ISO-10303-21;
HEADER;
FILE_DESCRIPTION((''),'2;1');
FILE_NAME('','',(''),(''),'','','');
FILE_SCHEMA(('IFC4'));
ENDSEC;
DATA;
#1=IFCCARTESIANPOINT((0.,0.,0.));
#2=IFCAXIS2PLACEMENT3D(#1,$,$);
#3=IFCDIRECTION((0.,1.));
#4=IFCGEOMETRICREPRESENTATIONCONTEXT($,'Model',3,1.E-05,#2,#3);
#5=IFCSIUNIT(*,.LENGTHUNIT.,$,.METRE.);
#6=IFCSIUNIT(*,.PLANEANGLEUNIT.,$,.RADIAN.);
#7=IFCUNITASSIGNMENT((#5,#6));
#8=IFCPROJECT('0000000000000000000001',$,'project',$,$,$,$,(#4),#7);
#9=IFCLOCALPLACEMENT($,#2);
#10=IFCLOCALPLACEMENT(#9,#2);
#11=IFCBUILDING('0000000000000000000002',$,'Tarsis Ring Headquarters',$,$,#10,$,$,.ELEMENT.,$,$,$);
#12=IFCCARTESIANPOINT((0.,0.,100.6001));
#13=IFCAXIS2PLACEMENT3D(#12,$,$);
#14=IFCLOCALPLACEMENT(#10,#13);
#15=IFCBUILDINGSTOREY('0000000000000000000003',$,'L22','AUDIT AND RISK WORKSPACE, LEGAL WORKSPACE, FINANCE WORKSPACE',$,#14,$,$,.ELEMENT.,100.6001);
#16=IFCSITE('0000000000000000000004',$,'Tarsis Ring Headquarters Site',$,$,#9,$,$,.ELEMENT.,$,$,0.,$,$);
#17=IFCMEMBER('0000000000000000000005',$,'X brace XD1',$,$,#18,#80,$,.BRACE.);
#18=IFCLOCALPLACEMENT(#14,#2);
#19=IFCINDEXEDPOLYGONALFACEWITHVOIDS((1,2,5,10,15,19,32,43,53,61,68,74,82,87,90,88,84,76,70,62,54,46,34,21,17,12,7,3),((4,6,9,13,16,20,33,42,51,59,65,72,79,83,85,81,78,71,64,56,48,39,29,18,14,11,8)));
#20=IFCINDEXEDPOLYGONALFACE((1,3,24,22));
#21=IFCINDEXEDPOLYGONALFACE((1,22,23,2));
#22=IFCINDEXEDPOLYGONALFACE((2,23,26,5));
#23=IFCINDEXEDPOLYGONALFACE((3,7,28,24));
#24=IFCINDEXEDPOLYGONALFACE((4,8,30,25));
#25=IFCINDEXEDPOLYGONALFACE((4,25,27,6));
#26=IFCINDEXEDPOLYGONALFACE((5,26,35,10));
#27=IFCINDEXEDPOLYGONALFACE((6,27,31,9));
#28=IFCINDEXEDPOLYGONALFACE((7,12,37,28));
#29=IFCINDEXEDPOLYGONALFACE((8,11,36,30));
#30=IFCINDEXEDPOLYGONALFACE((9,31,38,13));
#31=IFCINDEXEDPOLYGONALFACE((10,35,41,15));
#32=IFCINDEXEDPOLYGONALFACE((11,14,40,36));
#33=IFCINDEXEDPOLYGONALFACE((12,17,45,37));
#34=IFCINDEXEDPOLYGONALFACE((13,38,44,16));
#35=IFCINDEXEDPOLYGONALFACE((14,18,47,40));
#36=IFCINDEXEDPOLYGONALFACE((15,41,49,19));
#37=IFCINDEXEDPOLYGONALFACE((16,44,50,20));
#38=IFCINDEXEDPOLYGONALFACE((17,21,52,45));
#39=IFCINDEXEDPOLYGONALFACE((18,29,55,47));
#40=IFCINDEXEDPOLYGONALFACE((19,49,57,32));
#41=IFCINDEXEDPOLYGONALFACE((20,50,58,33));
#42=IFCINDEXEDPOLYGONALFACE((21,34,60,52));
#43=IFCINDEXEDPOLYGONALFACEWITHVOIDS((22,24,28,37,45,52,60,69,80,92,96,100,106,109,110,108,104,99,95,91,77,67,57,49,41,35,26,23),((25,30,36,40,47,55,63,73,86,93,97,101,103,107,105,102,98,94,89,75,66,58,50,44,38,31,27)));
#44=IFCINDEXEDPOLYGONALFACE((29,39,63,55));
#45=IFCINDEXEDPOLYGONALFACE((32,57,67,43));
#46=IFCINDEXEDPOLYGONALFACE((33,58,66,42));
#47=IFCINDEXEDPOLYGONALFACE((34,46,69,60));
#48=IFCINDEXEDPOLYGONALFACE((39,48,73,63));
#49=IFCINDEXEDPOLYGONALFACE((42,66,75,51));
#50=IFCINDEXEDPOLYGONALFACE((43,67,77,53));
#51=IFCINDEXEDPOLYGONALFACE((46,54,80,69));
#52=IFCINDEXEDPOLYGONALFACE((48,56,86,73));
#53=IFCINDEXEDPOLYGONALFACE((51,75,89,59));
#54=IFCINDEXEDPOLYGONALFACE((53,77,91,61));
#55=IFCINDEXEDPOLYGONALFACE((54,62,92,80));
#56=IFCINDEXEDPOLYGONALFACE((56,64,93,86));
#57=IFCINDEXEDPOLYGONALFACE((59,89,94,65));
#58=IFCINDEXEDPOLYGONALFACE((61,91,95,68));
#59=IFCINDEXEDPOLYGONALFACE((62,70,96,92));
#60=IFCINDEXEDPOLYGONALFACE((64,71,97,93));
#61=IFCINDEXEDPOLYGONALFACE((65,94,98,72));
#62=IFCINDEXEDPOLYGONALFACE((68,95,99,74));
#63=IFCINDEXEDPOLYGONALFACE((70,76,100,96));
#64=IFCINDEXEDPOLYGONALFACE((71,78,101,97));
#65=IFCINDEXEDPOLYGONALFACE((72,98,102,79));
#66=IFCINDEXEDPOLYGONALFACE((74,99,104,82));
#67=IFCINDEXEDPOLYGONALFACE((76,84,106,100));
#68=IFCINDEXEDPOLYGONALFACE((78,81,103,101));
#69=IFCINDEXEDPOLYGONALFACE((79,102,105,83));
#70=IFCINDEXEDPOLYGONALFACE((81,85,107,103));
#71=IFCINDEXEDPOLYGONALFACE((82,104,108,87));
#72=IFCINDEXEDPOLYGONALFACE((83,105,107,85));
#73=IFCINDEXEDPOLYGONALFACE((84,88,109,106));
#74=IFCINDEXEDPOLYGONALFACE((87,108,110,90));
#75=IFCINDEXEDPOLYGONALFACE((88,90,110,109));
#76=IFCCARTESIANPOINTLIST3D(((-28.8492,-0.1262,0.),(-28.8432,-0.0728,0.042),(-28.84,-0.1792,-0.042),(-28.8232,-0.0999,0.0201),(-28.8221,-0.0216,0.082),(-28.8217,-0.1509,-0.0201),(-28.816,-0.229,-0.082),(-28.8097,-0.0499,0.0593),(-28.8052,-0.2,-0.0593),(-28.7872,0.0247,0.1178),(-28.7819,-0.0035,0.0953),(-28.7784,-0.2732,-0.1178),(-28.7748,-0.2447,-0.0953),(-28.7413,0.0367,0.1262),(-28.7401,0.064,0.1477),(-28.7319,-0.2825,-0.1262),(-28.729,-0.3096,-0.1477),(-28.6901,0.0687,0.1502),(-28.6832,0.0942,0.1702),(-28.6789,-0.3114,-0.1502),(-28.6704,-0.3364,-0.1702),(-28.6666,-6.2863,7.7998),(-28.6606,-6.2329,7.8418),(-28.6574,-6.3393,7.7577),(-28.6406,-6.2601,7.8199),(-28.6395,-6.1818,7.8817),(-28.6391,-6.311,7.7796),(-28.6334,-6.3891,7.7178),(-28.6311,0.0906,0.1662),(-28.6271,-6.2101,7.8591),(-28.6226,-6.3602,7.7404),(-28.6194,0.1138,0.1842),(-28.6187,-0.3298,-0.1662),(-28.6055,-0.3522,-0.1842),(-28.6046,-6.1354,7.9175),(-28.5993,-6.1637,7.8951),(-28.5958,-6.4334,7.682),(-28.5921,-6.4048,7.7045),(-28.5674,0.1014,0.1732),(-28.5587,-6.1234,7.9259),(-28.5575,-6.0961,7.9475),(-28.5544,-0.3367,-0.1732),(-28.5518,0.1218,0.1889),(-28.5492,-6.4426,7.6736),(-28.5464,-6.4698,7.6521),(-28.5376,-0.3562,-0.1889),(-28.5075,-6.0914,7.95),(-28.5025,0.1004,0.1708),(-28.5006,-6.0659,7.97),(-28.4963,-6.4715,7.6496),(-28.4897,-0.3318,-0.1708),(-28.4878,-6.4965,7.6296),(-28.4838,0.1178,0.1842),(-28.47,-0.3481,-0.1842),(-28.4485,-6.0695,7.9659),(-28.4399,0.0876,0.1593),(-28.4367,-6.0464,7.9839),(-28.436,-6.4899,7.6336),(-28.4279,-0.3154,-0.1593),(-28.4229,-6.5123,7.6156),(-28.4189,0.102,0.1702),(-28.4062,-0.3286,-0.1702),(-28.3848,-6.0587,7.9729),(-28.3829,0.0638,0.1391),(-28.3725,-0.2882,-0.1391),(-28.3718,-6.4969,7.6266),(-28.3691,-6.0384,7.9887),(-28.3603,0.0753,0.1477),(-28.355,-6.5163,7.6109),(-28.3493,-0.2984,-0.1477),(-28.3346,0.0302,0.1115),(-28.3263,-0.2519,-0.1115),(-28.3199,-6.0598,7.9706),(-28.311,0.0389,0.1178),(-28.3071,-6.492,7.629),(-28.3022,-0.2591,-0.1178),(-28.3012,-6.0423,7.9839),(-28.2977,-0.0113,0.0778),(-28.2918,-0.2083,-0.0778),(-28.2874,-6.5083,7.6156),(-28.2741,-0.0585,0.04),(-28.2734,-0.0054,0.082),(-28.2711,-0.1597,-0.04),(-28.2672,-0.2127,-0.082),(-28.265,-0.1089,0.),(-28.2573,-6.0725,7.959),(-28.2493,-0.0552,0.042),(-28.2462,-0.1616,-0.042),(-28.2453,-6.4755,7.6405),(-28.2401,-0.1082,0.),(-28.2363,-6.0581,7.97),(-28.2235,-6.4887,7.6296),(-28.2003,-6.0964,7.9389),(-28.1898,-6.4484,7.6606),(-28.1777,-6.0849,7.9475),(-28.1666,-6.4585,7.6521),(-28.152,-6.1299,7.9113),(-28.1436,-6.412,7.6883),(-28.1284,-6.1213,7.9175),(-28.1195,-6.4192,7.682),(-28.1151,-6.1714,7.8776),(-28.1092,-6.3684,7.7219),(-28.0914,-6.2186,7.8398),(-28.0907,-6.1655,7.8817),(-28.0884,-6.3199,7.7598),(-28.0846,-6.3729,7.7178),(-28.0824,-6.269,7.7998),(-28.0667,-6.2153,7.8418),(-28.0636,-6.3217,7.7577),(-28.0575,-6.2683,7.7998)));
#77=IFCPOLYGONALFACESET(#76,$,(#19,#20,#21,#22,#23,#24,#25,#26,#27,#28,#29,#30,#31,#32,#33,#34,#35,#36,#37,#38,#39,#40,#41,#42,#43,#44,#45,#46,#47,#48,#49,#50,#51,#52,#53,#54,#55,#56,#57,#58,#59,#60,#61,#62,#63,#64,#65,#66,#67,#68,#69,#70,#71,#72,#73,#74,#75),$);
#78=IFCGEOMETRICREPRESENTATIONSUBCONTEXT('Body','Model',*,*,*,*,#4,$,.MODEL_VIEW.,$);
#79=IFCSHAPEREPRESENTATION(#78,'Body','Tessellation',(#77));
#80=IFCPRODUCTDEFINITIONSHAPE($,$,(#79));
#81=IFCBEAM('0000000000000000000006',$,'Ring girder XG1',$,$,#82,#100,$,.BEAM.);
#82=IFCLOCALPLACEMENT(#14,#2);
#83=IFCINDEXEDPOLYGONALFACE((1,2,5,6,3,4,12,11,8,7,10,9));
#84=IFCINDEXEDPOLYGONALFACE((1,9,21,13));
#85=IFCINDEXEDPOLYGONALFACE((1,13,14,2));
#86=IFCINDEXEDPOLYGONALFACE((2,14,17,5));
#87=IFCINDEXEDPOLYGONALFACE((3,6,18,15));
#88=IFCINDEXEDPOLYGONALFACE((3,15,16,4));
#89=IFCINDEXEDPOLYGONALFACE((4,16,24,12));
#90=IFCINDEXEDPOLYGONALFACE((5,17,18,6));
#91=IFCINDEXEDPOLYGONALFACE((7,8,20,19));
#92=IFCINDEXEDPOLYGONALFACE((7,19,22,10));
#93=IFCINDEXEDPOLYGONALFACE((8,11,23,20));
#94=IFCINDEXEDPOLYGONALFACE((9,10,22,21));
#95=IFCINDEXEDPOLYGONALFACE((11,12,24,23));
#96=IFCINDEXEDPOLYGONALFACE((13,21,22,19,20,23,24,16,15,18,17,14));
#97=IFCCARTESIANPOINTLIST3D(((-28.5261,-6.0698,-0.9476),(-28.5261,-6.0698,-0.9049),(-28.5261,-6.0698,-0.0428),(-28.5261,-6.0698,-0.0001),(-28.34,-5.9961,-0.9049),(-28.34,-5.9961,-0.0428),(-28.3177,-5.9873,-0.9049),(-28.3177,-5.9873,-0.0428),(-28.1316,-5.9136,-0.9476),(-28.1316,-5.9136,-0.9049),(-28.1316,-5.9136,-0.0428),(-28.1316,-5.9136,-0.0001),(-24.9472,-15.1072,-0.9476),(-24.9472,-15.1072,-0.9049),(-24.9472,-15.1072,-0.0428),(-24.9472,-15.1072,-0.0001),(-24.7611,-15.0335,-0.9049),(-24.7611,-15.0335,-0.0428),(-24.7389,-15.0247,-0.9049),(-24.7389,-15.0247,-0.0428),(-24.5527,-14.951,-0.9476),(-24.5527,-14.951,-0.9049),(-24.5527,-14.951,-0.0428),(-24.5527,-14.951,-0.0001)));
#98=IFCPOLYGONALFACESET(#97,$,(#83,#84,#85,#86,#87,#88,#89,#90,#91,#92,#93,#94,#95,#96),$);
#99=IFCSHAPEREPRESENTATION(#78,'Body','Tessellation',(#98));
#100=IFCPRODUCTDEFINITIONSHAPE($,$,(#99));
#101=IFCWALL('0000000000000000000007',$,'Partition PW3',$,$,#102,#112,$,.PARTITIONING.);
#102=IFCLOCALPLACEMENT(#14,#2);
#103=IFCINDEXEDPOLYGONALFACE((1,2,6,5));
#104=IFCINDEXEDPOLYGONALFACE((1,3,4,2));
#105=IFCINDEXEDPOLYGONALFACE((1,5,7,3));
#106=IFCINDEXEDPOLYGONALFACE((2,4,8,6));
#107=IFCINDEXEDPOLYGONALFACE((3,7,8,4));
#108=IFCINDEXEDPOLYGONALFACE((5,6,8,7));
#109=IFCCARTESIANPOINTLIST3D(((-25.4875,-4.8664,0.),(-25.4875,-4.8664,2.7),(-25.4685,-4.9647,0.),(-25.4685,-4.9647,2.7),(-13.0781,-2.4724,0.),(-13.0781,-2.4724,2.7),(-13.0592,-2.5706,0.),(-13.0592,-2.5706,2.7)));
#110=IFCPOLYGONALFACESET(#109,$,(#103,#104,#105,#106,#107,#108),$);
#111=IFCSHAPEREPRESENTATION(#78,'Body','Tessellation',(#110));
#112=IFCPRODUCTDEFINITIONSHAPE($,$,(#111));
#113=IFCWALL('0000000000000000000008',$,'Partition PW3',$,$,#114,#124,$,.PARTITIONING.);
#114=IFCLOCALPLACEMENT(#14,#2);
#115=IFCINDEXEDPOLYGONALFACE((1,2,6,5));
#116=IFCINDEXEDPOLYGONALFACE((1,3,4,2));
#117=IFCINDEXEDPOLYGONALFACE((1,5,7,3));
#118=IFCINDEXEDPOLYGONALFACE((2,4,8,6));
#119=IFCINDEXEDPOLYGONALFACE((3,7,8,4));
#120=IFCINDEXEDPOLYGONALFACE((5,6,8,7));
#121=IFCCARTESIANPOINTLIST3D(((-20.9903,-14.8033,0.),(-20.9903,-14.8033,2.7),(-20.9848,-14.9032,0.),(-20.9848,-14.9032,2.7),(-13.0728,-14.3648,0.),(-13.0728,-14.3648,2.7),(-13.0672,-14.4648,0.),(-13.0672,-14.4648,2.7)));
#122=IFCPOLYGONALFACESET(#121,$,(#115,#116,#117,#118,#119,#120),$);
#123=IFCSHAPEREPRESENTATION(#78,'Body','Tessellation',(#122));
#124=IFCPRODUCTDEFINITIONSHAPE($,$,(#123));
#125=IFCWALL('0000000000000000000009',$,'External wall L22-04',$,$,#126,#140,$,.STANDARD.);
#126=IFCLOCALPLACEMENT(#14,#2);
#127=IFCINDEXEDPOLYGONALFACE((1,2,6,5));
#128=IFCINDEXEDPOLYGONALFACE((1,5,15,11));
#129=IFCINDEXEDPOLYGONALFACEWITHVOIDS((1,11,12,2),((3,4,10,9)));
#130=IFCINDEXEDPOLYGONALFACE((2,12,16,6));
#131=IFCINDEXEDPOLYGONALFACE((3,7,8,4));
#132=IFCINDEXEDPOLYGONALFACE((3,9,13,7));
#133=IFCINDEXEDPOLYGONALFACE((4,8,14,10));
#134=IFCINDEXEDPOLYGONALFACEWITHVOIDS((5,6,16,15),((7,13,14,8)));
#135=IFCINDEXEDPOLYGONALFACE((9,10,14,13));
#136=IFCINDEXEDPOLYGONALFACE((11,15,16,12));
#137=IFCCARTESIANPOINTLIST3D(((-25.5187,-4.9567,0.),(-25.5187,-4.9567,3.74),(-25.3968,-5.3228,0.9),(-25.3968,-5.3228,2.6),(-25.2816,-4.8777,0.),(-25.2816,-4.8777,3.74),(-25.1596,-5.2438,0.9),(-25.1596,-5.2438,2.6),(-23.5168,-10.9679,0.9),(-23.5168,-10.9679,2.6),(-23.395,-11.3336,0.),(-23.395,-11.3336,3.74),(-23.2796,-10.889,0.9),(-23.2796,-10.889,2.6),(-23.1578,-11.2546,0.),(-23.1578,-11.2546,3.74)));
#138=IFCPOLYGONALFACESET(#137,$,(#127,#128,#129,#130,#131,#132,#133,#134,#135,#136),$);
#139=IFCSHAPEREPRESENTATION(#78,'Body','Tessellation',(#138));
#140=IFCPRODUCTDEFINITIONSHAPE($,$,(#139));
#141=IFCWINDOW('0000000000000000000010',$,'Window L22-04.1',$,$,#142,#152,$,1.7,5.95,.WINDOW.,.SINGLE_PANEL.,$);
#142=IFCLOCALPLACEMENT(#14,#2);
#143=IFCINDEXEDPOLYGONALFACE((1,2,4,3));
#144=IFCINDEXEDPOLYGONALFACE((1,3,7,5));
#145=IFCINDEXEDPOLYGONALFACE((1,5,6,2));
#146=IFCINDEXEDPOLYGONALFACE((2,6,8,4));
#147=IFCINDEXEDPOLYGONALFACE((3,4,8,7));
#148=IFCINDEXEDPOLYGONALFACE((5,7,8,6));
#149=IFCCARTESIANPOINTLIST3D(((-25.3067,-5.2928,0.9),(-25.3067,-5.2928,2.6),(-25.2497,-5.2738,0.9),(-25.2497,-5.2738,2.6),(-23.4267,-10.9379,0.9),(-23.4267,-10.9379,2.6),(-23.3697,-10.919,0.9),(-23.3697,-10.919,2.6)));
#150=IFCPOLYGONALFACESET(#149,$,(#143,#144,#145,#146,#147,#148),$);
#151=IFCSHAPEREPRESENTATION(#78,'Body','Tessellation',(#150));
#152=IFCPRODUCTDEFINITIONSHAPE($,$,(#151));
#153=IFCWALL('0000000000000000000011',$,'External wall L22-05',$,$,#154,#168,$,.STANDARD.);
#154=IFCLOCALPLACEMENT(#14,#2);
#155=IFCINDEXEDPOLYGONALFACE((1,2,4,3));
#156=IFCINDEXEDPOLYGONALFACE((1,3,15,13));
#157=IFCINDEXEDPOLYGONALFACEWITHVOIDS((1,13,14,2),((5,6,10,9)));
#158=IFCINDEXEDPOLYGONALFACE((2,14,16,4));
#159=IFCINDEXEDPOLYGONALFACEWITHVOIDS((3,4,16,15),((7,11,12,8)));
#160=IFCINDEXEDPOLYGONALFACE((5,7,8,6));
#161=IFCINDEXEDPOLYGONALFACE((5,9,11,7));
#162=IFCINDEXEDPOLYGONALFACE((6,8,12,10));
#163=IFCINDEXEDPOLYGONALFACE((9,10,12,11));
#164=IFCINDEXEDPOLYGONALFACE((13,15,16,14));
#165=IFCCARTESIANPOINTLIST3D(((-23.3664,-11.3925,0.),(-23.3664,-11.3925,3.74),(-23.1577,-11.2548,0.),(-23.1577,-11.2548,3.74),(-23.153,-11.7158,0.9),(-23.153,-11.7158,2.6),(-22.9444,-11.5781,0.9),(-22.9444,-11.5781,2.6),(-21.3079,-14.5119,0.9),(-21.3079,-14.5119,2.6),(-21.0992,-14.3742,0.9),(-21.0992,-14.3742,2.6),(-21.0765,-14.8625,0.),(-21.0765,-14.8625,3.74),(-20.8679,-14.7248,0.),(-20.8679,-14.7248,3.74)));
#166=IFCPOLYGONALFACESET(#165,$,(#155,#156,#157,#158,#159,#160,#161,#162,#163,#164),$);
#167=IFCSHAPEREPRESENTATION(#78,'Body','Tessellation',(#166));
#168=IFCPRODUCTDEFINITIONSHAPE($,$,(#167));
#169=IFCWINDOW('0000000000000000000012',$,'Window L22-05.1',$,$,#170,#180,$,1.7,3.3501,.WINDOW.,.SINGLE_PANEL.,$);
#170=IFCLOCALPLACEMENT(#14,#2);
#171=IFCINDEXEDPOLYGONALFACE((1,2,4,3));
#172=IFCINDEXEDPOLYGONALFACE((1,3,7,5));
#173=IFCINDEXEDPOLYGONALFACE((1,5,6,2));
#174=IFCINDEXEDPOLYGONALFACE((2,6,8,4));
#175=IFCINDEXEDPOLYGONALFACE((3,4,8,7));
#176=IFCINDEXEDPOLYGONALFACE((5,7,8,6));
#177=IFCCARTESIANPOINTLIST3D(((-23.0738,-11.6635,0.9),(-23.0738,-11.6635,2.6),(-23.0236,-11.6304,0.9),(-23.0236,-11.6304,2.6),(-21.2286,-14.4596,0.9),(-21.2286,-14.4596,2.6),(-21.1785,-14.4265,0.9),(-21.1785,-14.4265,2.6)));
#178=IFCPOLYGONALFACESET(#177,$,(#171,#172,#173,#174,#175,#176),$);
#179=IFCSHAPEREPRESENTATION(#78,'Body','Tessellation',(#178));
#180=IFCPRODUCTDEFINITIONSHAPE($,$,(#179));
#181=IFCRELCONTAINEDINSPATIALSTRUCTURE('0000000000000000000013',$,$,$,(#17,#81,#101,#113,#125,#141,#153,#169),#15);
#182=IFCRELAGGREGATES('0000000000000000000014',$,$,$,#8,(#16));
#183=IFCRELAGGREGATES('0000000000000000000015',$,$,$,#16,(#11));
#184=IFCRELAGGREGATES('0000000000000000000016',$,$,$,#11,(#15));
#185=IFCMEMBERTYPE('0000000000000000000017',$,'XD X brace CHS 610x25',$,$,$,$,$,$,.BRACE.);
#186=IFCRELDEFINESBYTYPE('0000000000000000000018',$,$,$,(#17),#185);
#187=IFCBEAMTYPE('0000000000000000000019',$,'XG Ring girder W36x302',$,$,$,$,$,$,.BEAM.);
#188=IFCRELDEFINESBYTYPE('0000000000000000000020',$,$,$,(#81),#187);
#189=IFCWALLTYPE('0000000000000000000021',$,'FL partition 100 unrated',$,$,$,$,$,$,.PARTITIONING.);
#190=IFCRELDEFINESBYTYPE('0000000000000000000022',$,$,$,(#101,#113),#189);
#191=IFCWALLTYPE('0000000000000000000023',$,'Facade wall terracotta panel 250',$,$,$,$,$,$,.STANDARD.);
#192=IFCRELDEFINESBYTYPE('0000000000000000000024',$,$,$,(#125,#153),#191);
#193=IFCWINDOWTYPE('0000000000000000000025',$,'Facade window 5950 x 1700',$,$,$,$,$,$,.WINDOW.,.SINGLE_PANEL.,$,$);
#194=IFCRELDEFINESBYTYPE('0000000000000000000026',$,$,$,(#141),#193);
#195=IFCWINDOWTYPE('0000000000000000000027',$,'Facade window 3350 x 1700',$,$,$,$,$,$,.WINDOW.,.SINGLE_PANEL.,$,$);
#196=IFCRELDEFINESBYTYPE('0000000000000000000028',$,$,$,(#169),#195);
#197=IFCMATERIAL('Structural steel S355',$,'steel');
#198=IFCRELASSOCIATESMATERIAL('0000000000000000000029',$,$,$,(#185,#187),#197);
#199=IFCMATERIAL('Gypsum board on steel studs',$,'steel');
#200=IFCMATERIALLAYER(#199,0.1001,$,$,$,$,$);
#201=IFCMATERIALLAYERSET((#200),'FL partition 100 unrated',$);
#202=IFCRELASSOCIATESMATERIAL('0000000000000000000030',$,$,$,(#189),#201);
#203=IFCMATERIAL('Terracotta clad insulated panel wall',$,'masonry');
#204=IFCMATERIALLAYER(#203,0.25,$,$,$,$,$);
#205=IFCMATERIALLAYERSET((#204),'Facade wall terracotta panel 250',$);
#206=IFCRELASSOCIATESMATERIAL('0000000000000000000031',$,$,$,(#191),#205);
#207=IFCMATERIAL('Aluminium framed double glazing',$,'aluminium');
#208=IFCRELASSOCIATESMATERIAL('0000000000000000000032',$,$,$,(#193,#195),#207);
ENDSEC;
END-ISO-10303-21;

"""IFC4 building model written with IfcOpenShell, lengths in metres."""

from ifc_helpers import new_model, si_unit, direction, frame, frame_2d, origin, origin_2d, place, context, subcontext, project, spatial, rectangle, hollow_circle, i_section, extrude, material, layer, layer_set, material_profile, profile_set, type_object, element, fill, save


model = new_model("IFC4")

# Units and contexts
model_context = context("Model", 3, precision=1e-05, world=origin(), true_north=direction((0.0, 1.0)))
body_context = subcontext(model_context, "Body", "Model", "MODEL_VIEW")
ifc_project = project(units=[si_unit("LENGTHUNIT", "METRE"), si_unit("PLANEANGLEUNIT", "RADIAN")], contexts=[model_context])

# Site, building, storey
site_placement = place(None, origin())
site = spatial("IfcSite", under=ifc_project, at=site_placement, Name="Tarsis Ring Headquarters Site", CompositionType="ELEMENT", RefElevation=0.0)
building_placement = place(site_placement, origin())
building = spatial("IfcBuilding", under=site, at=building_placement, Name="Tarsis Ring Headquarters", CompositionType="ELEMENT")
storey_placement = place(building_placement, frame((0.0, 0.0, 100.6001)))
storey = spatial("IfcBuildingStorey", under=building, at=storey_placement, Name="L22", Description="AUDIT AND RISK WORKSPACE, LEGAL WORKSPACE, FINANCE WORKSPACE", CompositionType="ELEMENT", Elevation=100.6001)

# Shared definitions
ifc_material_1 = material(Name="Structural steel S355", Category="steel")

# Shared definitions
ifc_material_profile_1 = material_profile(ifc_material_1, i_section(OverallWidth=0.4243, OverallDepth=0.9475, WebThickness=0.0239, FlangeThickness=0.0427, at=origin_2d()), Name="W36x302")
ifc_profile_set_1 = profile_set([ifc_material_profile_1], Name="Structural steel S355")

# Member
ifc_material_profile_2 = material_profile(ifc_material_1, hollow_circle(Radius=0.3047, WallThickness=0.0249, at=origin_2d()), Name="CHS 610x25")
ifc_profile_set_2 = profile_set([ifc_material_profile_2], Name="Structural steel S355")
member_type = type_object("IfcMemberType", Name="XD X brace CHS 610x25", PredefinedType="BRACE", material=ifc_profile_set_2)
member_1_placement = place(storey_placement, frame((-28.5447, -0.1172, 0.0), z_axis=(0.018371, -0.619689, 0.784632), x_axis=(0.999561, 0.029632, 0.0)))
element("IfcMember", 1, at=member_1_placement, inside=storey, type_object=member_type, Name="X brace XD1", PredefinedType="BRACE", context=body_context, shape_type="SweptSolid", body=[
    extrude(hollow_circle(Radius=0.3047, WallThickness=0.0249, at=origin_2d()), origin(), (0.0, 0.0, 1.0), 9.9407),
])

# Beam
beam_type_1 = type_object("IfcBeamType", Name="XG Ring girder W36x302", PredefinedType="BEAM", material=ifc_profile_set_1)
beam_1_placement = place(storey_placement, frame((-28.3289, -5.9917, -0.4739), z_axis=(0.368188, -0.929751, 0.0), x_axis=(0.929751, 0.368188, 0.0)))
element("IfcBeam", 2, at=beam_1_placement, inside=storey, type_object=beam_type_1, Name="Ring girder XG1", PredefinedType="BEAM", context=body_context, shape_type="SweptSolid", body=[
    extrude(i_section(OverallWidth=0.4243, OverallDepth=0.9475, WebThickness=0.0239, FlangeThickness=0.0427, at=origin_2d()), origin(), (0.0, 0.0, 1.0), 9.7202),
])

# Walls
ifc_material_2 = material(Name="Gypsum board on steel studs", Category="steel")
ifc_layer_1 = layer(ifc_material_2, 0.1001)
ifc_layer_set_1 = layer_set([ifc_layer_1], Name="FL partition 100 unrated")
wall_type_1 = type_object("IfcWallType", Name="FL partition 100 unrated", PredefinedType="PARTITIONING", material=ifc_layer_set_1)
wall_1_placement = place(storey_placement, frame((-25.478, -4.9155, 0.0), z_axis=(0.0, 0.0, 1.0), x_axis=(0.981895, 0.189428, 0.0)))
element("IfcWall", 3, at=wall_1_placement, inside=storey, type_object=wall_type_1, Name="Partition PW3", PredefinedType="PARTITIONING", context=body_context, shape_type="SweptSolid", body=[
    extrude(rectangle(XDim=12.6382, YDim=0.1001, at=frame_2d((6.3191, 0.0))), origin(), (0.0, 0.0, 1.0), 2.7),
])
wall_2_placement = place(storey_placement, frame((-20.9875, -14.8533, 0.0), z_axis=(0.0, 0.0, 1.0), x_axis=(0.99847, 0.055296, 0.0)))
element("IfcWall", 4, at=wall_2_placement, inside=storey, type_object=wall_type_1, Name="Partition PW3", PredefinedType="PARTITIONING", context=body_context, shape_type="SweptSolid", body=[
    extrude(rectangle(XDim=7.9297, YDim=0.1001, at=frame_2d((3.9648, 0.0))), origin(), (0.0, 0.0, 1.0), 2.7),
])

# Walls, openings, windows
ifc_material_3 = material(Name="Terracotta clad insulated panel wall", Category="masonry")
ifc_layer_2 = layer(ifc_material_3, 0.25)
ifc_layer_set_2 = layer_set([ifc_layer_2], Name="Facade wall terracotta panel 250")
wall_type_2 = type_object("IfcWallType", Name="Facade wall terracotta panel 250", PredefinedType="STANDARD", material=ifc_layer_set_2)
wall_3_placement = place(storey_placement, frame((-25.4001, -4.9172, 0.0), z_axis=(0.0, 0.0, 1.0), x_axis=(0.315977, -0.948767, 0.0)))
wall_3 = element("IfcWall", 5, at=wall_3_placement, inside=storey, type_object=wall_type_2, Name="External wall L22-04", PredefinedType="STANDARD", context=body_context, shape_type="SweptSolid", body=[
    extrude(rectangle(XDim=6.7212, YDim=0.25, at=frame_2d((3.3606, 0.0))), origin(), (0.0, 0.0, 1.0), 3.74),
])
opening_1_placement = place(wall_3_placement, frame((0.3857, 0.0, 0.8999)))
opening_1 = element("IfcOpeningElement", 6, at=opening_1_placement, cuts=wall_3, PredefinedType="OPENING", context=body_context, shape_type="SweptSolid", body=[
    extrude(rectangle(XDim=5.95, YDim=1.7, at=frame_2d((2.9751, 0.8501))), frame((0.0, 0.135, 0.0), z_axis=(0.0, -1.0, 0.0), x_axis=(1.0, 0.0, 0.0)), (0.0, 0.0, 1.0), 0.27),
])
ifc_material_4 = material(Name="Aluminium framed double glazing", Category="aluminium")
window_type_1 = type_object("IfcWindowType", Name="Facade window 5950 x 1700", PartitioningType="SINGLE_PANEL", PredefinedType="WINDOW", material=ifc_material_4)
window_1_placement = place(opening_1_placement, origin())
window_1 = element("IfcWindow", 7, at=window_1_placement, inside=storey, type_object=window_type_1, Name="Window L22-04.1", OverallHeight=1.7, OverallWidth=5.95, PartitioningType="SINGLE_PANEL", PredefinedType="WINDOW", context=body_context, shape_type="SweptSolid", body=[
    extrude(rectangle(XDim=5.95, YDim=1.7, at=frame_2d((2.9751, 0.8501))), frame((0.0, 0.03, 0.0), z_axis=(0.0, -1.0, 0.0), x_axis=(1.0, 0.0, 0.0)), (0.0, 0.0, 1.0), 0.0601),
])
fill(opening_1, window_1)
wall_4_placement = place(storey_placement, frame((-23.262, -11.3237, 0.0), z_axis=(0.0, 0.0, 1.0), x_axis=(0.550778, -0.834652, 0.0)))
wall_4 = element("IfcWall", 8, at=wall_4_placement, inside=storey, type_object=wall_type_2, Name="External wall L22-05", PredefinedType="STANDARD", context=body_context, shape_type="SweptSolid", body=[
    extrude(rectangle(XDim=4.1575, YDim=0.25, at=frame_2d((2.0786, 0.0))), origin(), (0.0, 0.0, 1.0), 3.74),
])
opening_2_placement = place(wall_4_placement, frame((0.3872, 0.0, 0.8999)))
opening_2 = element("IfcOpeningElement", 9, at=opening_2_placement, cuts=wall_4, PredefinedType="OPENING", context=body_context, shape_type="SweptSolid", body=[
    extrude(rectangle(XDim=3.3501, YDim=1.7, at=frame_2d((1.675, 0.8501))), frame((0.0, 0.135, 0.0), z_axis=(0.0, -1.0, 0.0), x_axis=(1.0, 0.0, 0.0)), (0.0, 0.0, 1.0), 0.27),
])
window_type_2 = type_object("IfcWindowType", Name="Facade window 3350 x 1700", PartitioningType="SINGLE_PANEL", PredefinedType="WINDOW", material=ifc_material_4)
window_2_placement = place(opening_2_placement, origin())
window_2 = element("IfcWindow", 10, at=window_2_placement, inside=storey, type_object=window_type_2, Name="Window L22-05.1", OverallHeight=1.7, OverallWidth=3.3501, PartitioningType="SINGLE_PANEL", PredefinedType="WINDOW", context=body_context, shape_type="SweptSolid", body=[
    extrude(rectangle(XDim=3.3501, YDim=1.7, at=frame_2d((1.675, 0.8501))), frame((0.0, 0.03, 0.0), z_axis=(0.0, -1.0, 0.0), x_axis=(1.0, 0.0, 0.0)), (0.0, 0.0, 1.0), 0.0601),
])
fill(opening_2, window_2)

save(model, "model.ifc")
